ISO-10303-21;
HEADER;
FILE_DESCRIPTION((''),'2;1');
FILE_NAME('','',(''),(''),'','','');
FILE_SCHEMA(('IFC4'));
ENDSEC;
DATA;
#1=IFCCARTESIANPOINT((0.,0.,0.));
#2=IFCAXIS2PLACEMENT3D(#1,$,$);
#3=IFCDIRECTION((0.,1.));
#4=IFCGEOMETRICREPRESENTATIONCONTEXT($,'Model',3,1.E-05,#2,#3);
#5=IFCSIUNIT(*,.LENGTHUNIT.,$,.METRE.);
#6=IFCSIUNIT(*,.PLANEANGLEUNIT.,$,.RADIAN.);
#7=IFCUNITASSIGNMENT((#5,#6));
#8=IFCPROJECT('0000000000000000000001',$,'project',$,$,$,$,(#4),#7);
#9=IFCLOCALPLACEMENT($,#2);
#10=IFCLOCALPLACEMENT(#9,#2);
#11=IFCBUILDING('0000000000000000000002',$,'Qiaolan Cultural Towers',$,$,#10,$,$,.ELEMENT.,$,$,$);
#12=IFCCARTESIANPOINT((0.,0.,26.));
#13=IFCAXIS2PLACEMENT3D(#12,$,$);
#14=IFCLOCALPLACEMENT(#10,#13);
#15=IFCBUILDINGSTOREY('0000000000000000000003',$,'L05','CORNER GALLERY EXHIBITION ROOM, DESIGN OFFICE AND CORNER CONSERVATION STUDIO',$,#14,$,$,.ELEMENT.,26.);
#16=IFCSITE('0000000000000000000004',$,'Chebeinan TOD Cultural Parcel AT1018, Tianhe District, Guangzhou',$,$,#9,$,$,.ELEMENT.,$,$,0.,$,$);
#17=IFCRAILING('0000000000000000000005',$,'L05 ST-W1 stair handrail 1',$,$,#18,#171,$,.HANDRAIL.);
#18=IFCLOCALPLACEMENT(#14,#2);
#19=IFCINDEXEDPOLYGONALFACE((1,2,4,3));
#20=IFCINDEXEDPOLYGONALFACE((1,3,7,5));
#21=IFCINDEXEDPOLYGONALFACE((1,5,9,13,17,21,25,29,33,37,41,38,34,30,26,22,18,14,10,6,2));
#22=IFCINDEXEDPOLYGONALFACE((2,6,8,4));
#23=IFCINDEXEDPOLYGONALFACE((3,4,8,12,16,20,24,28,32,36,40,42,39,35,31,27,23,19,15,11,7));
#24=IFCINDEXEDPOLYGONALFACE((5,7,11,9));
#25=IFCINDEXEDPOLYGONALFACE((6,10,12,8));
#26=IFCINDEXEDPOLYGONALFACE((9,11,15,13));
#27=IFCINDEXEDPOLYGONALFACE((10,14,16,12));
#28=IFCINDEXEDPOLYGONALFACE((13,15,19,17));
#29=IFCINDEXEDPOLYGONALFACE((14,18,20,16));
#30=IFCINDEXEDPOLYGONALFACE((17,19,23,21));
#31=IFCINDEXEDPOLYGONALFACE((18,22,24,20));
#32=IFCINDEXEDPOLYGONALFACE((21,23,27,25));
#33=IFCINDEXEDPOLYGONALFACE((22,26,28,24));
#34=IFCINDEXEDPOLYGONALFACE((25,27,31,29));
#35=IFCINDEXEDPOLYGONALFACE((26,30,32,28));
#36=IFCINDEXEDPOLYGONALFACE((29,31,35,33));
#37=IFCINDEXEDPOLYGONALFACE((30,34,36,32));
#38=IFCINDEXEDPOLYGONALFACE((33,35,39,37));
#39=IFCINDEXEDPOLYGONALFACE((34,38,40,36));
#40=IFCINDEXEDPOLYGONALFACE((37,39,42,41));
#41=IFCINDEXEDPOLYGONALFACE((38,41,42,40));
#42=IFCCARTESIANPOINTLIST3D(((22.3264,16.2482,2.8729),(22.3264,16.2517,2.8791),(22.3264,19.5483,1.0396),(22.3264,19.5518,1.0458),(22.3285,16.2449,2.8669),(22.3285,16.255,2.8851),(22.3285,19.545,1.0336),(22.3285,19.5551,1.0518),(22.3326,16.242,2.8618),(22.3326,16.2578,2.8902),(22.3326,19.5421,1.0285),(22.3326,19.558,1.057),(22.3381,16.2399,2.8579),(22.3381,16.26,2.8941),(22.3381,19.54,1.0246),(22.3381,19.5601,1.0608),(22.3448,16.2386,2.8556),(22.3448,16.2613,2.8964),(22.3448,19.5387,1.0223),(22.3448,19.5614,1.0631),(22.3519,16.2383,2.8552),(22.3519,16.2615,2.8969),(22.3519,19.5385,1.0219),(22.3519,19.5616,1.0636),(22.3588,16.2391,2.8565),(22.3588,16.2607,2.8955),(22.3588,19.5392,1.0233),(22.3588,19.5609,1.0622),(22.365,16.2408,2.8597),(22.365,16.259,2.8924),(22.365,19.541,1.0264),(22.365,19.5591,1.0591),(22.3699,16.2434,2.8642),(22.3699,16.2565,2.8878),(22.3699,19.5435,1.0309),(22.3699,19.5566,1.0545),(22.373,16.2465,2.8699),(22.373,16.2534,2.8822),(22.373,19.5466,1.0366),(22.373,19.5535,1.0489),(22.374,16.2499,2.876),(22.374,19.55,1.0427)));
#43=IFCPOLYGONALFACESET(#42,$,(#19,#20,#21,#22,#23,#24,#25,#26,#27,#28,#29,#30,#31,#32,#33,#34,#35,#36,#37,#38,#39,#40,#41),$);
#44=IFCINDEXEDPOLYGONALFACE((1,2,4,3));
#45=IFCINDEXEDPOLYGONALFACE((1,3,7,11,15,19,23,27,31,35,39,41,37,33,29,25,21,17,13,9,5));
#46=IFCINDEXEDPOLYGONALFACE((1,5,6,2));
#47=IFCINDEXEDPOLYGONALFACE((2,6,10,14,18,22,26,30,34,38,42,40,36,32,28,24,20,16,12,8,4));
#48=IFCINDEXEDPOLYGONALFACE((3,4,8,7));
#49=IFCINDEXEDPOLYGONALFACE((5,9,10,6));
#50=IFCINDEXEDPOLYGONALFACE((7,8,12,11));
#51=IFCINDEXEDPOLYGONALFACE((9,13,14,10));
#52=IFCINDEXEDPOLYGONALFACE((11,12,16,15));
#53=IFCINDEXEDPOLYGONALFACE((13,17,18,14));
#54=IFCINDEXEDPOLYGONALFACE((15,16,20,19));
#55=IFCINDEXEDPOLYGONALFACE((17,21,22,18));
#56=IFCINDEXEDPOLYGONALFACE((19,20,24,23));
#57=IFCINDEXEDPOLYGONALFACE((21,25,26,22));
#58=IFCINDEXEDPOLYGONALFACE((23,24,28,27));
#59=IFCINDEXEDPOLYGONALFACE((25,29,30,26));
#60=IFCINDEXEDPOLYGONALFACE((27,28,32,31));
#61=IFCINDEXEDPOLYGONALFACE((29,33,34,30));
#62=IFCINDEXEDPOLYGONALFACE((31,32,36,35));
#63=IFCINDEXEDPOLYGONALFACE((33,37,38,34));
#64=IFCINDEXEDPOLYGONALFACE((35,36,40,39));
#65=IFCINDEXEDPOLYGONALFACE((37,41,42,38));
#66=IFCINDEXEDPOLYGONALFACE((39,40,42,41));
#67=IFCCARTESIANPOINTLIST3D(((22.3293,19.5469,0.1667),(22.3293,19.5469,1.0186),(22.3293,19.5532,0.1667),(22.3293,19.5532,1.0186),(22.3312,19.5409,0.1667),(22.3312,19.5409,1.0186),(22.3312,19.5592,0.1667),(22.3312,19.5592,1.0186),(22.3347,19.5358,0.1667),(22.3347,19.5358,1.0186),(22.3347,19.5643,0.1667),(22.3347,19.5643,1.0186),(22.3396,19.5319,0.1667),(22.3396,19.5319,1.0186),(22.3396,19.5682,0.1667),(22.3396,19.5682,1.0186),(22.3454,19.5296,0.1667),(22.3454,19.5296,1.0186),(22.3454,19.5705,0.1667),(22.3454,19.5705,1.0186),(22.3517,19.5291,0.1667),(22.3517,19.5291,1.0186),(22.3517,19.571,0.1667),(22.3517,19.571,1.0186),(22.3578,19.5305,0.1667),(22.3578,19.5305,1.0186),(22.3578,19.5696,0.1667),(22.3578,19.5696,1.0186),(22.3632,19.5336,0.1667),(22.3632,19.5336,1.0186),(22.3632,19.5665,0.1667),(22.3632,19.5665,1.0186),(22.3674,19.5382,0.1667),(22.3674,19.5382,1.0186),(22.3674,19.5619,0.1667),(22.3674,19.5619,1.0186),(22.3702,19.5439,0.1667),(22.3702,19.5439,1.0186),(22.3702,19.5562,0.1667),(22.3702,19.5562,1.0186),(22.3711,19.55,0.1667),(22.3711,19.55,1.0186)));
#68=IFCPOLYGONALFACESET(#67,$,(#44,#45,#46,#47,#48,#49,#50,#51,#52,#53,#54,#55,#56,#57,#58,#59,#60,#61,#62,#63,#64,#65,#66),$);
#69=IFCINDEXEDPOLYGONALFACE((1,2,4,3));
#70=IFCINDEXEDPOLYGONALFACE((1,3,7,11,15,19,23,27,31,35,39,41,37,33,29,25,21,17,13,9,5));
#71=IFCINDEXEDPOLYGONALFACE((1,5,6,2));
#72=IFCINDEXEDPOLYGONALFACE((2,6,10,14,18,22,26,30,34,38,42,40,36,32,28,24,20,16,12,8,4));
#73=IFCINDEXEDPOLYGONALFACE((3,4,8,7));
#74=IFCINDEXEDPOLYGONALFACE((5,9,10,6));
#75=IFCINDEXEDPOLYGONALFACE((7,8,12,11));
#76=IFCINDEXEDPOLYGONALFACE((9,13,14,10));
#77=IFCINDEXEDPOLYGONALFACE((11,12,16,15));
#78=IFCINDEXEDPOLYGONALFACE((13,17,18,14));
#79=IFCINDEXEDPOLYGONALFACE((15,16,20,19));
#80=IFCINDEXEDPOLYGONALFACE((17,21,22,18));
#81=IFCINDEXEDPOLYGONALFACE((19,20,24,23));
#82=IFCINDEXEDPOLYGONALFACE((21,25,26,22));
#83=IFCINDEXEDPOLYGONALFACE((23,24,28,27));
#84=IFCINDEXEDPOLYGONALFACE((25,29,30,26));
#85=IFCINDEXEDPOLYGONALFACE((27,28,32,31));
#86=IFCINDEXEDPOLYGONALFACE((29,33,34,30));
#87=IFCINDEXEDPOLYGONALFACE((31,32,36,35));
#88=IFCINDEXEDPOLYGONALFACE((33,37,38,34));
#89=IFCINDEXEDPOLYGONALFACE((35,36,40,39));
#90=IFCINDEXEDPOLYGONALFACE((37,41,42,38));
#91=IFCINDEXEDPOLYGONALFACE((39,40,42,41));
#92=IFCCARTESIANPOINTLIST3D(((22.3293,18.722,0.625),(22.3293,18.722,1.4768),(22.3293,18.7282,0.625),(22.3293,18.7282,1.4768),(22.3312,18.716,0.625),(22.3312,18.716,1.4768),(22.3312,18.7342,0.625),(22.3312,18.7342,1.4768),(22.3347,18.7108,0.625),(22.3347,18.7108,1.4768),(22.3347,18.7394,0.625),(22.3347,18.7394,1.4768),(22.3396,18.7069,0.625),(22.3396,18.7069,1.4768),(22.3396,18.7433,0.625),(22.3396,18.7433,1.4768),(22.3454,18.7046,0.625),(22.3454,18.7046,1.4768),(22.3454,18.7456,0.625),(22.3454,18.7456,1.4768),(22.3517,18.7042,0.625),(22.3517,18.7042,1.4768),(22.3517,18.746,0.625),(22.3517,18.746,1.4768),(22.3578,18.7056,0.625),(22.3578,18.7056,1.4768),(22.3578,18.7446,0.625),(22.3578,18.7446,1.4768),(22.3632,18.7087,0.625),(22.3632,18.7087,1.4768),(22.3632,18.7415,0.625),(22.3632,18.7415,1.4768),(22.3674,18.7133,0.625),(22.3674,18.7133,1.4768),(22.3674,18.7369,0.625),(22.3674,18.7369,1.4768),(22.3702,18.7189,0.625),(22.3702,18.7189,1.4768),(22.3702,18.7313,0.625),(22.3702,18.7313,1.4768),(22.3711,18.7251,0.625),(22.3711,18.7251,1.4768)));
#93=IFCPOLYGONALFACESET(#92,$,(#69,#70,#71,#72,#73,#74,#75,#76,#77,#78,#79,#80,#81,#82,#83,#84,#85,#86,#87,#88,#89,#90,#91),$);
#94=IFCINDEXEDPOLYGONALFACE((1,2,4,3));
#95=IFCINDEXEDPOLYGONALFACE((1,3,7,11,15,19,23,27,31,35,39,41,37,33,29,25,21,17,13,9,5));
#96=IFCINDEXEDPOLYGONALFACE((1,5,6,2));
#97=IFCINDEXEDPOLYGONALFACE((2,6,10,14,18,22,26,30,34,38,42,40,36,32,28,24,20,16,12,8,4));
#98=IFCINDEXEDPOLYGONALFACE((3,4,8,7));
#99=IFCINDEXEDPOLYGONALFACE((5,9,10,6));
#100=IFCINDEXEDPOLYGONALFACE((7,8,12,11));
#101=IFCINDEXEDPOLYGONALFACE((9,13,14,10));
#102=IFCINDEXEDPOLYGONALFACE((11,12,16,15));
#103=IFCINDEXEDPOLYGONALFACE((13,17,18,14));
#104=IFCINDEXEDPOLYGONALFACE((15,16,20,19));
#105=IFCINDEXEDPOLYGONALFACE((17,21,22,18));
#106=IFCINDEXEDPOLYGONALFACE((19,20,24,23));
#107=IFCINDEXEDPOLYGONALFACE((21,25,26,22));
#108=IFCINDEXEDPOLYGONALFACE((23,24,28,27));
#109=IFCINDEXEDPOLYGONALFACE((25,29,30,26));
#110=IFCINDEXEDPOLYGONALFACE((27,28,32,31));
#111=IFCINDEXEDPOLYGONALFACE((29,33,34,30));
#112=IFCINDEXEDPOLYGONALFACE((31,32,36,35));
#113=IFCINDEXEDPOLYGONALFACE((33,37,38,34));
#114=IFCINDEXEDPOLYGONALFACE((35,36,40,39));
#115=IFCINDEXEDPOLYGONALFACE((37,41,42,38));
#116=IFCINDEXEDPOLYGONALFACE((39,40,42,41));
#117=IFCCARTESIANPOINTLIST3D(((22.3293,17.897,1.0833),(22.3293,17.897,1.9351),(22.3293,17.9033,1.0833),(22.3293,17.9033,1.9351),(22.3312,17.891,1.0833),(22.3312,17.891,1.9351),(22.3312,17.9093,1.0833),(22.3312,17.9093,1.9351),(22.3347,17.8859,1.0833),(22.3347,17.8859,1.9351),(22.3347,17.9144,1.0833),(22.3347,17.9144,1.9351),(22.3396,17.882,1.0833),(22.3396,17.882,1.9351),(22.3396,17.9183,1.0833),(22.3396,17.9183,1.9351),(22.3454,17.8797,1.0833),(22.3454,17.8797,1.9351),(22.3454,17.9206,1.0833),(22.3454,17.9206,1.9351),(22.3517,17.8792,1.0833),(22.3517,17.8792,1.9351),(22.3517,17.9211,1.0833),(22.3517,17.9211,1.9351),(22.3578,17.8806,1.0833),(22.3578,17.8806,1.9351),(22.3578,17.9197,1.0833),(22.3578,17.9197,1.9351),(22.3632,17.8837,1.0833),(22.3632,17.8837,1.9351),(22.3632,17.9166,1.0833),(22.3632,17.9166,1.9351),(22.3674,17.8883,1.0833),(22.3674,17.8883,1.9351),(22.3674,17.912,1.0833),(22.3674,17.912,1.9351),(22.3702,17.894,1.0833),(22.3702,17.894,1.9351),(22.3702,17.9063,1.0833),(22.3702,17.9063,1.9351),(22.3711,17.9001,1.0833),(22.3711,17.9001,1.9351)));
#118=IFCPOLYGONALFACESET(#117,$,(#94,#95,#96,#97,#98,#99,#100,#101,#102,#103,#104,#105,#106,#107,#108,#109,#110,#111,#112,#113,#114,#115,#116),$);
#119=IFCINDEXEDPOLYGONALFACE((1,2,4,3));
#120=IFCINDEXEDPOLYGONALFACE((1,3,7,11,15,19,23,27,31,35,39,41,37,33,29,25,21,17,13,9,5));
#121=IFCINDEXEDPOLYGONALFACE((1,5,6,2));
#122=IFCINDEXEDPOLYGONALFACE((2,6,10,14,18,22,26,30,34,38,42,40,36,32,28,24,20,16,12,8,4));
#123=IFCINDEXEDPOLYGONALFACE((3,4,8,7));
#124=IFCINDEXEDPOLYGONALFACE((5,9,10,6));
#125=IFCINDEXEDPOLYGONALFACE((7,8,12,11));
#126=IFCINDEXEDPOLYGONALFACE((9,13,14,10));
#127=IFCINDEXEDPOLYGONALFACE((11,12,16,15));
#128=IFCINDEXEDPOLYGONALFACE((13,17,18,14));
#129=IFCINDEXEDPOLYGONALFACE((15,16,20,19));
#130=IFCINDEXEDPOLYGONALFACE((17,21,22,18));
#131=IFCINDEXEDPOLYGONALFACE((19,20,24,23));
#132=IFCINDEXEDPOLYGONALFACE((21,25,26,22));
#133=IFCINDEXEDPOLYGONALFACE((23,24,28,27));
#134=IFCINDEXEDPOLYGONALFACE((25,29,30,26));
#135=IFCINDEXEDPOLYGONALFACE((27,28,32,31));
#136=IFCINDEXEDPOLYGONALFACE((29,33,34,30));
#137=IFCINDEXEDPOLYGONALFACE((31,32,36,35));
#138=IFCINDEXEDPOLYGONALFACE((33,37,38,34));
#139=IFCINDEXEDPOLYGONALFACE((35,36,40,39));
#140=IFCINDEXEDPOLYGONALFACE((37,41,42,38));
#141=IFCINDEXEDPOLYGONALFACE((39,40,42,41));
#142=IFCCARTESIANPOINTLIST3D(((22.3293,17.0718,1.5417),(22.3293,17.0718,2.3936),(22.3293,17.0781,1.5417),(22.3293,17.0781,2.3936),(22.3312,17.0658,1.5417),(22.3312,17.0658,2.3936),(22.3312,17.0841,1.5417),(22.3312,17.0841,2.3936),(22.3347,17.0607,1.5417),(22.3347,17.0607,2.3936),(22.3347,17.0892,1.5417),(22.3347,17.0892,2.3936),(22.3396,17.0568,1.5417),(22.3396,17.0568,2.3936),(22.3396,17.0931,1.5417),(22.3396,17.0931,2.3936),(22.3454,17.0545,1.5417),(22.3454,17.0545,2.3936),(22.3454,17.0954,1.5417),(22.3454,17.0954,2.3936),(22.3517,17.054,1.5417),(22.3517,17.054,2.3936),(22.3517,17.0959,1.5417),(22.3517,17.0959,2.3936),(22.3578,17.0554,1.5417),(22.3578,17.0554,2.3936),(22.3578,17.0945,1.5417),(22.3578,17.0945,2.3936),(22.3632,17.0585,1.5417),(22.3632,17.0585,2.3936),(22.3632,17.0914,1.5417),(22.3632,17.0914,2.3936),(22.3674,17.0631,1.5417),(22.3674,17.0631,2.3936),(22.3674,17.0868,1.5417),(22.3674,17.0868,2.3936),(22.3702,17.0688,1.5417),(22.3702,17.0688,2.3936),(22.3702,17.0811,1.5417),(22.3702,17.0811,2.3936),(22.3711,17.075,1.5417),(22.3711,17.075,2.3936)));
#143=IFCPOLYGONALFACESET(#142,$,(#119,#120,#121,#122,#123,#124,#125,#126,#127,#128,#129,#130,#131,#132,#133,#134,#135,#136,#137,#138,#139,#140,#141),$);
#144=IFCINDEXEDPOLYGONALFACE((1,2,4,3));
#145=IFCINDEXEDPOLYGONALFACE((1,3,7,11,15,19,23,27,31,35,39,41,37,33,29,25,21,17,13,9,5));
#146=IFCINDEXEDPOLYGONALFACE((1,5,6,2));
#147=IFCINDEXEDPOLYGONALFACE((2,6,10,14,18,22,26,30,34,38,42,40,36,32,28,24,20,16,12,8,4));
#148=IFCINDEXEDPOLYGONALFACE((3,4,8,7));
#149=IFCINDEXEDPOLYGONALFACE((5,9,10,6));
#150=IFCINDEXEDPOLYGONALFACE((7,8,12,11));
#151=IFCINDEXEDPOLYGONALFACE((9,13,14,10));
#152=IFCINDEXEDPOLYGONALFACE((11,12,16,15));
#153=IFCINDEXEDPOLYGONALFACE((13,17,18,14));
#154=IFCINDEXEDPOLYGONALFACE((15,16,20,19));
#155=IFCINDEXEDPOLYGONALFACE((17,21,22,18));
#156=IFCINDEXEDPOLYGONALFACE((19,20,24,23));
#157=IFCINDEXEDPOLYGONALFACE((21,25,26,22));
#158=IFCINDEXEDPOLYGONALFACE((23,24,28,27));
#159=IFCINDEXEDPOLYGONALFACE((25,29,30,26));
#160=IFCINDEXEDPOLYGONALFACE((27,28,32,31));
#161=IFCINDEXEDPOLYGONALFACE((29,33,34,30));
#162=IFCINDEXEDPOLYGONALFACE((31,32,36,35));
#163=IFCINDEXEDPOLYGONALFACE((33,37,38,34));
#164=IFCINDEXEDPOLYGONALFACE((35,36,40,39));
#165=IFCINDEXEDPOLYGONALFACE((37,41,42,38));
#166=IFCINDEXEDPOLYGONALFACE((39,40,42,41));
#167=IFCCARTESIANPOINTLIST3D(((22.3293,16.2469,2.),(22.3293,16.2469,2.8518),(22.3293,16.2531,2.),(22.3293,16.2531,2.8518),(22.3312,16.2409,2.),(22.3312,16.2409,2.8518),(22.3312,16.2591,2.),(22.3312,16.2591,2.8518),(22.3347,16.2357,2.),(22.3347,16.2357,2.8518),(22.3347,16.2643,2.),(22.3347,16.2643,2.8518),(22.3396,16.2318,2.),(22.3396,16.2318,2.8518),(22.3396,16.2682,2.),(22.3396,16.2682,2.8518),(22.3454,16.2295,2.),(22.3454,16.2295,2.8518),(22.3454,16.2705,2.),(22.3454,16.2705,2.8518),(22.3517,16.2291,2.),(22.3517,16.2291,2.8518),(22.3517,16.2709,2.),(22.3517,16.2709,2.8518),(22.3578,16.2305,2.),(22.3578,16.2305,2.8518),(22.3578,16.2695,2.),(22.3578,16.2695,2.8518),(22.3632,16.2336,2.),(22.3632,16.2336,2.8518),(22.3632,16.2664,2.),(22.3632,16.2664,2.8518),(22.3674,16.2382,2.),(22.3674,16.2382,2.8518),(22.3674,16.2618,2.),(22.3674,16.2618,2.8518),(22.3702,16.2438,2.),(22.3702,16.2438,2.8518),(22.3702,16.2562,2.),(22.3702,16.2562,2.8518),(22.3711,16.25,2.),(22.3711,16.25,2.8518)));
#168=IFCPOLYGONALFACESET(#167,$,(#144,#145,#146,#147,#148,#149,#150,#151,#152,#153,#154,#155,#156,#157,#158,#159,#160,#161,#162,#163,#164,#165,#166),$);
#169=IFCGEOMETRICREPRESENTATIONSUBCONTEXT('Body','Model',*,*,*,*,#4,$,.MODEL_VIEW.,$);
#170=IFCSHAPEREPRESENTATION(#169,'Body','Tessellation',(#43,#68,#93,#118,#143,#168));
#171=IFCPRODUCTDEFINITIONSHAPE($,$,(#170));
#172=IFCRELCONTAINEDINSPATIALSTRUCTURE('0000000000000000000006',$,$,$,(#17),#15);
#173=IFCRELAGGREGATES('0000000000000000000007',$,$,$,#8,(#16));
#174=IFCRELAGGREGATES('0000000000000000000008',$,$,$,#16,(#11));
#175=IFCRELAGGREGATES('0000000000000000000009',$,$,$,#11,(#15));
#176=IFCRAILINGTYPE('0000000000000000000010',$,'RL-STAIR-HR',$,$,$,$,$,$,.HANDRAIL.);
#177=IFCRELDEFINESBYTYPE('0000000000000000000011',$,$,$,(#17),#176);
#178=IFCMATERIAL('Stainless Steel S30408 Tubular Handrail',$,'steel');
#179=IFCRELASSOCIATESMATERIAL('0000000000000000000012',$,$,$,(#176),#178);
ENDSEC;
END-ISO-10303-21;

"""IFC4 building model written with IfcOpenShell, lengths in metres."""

from ifc_helpers import new_model, si_unit, direction, frame, origin, origin_2d, place, context, subcontext, project, spatial, circle, extrude, material, type_object, element, save


model = new_model("IFC4")

# Units and contexts
model_context = context("Model", 3, precision=1e-05, world=origin(), true_north=direction((0.0, 1.0)))
body_context = subcontext(model_context, "Body", "Model", "MODEL_VIEW")
ifc_project = project(units=[si_unit("LENGTHUNIT", "METRE"), si_unit("PLANEANGLEUNIT", "RADIAN")], contexts=[model_context])

# Site, building, storey
site_placement = place(None, origin())
site = spatial("IfcSite", under=ifc_project, at=site_placement, Name="Chebeinan TOD Cultural Parcel AT1018, Tianhe District, Guangzhou", CompositionType="ELEMENT", RefElevation=0.0)
building_placement = place(site_placement, origin())
building = spatial("IfcBuilding", under=site, at=building_placement, Name="Qiaolan Cultural Towers", CompositionType="ELEMENT")
storey_placement = place(building_placement, frame((0.0, 0.0, 26.0)))
storey = spatial("IfcBuildingStorey", under=building, at=storey_placement, Name="L05", Description="CORNER GALLERY EXHIBITION ROOM, DESIGN OFFICE AND CORNER CONSERVATION STUDIO", CompositionType="ELEMENT", Elevation=26.0)

# Railing
ifc_material_1 = material(Name="Stainless Steel S30408 Tubular Handrail", Category="steel")
railing_type_1 = type_object("IfcRailingType", Name="RL-STAIR-HR", PredefinedType="HANDRAIL", material=ifc_material_1)
railing_1_placement = place(storey_placement, frame((22.3501, 19.55, 0.1667)))
element("IfcRailing", 1, at=railing_1_placement, inside=storey, type_object=railing_type_1, Name="L05 ST-W1 stair handrail 1", PredefinedType="HANDRAIL", context=body_context, shape_type="SweptSolid", body=[
    extrude(circle(Radius=0.0239, at=origin_2d()), frame((0.0, 0.0, 0.876), z_axis=(0.0, -0.874169, 0.485621), x_axis=(1.0, 0.0, 0.0)), (0.0, 0.0, 1.0), 3.7751),
    extrude(circle(Radius=0.021, at=origin_2d()), origin(), (0.0, 0.0, 1.0), 0.8518),
    extrude(circle(Radius=0.021, at=origin_2d()), frame((0.0, -0.825, 0.4583)), (0.0, 0.0, 1.0), 0.8518),
    extrude(circle(Radius=0.021, at=origin_2d()), frame((0.0, -1.6499, 0.9165)), (0.0, 0.0, 1.0), 0.8518),
    extrude(circle(Radius=0.021, at=origin_2d()), frame((0.0, -2.4751, 1.375)), (0.0, 0.0, 1.0), 0.8518),
    extrude(circle(Radius=0.021, at=origin_2d()), frame((0.0, -3.3, 1.8333)), (0.0, 0.0, 1.0), 0.8518),
])

save(model, "model.ifc")
